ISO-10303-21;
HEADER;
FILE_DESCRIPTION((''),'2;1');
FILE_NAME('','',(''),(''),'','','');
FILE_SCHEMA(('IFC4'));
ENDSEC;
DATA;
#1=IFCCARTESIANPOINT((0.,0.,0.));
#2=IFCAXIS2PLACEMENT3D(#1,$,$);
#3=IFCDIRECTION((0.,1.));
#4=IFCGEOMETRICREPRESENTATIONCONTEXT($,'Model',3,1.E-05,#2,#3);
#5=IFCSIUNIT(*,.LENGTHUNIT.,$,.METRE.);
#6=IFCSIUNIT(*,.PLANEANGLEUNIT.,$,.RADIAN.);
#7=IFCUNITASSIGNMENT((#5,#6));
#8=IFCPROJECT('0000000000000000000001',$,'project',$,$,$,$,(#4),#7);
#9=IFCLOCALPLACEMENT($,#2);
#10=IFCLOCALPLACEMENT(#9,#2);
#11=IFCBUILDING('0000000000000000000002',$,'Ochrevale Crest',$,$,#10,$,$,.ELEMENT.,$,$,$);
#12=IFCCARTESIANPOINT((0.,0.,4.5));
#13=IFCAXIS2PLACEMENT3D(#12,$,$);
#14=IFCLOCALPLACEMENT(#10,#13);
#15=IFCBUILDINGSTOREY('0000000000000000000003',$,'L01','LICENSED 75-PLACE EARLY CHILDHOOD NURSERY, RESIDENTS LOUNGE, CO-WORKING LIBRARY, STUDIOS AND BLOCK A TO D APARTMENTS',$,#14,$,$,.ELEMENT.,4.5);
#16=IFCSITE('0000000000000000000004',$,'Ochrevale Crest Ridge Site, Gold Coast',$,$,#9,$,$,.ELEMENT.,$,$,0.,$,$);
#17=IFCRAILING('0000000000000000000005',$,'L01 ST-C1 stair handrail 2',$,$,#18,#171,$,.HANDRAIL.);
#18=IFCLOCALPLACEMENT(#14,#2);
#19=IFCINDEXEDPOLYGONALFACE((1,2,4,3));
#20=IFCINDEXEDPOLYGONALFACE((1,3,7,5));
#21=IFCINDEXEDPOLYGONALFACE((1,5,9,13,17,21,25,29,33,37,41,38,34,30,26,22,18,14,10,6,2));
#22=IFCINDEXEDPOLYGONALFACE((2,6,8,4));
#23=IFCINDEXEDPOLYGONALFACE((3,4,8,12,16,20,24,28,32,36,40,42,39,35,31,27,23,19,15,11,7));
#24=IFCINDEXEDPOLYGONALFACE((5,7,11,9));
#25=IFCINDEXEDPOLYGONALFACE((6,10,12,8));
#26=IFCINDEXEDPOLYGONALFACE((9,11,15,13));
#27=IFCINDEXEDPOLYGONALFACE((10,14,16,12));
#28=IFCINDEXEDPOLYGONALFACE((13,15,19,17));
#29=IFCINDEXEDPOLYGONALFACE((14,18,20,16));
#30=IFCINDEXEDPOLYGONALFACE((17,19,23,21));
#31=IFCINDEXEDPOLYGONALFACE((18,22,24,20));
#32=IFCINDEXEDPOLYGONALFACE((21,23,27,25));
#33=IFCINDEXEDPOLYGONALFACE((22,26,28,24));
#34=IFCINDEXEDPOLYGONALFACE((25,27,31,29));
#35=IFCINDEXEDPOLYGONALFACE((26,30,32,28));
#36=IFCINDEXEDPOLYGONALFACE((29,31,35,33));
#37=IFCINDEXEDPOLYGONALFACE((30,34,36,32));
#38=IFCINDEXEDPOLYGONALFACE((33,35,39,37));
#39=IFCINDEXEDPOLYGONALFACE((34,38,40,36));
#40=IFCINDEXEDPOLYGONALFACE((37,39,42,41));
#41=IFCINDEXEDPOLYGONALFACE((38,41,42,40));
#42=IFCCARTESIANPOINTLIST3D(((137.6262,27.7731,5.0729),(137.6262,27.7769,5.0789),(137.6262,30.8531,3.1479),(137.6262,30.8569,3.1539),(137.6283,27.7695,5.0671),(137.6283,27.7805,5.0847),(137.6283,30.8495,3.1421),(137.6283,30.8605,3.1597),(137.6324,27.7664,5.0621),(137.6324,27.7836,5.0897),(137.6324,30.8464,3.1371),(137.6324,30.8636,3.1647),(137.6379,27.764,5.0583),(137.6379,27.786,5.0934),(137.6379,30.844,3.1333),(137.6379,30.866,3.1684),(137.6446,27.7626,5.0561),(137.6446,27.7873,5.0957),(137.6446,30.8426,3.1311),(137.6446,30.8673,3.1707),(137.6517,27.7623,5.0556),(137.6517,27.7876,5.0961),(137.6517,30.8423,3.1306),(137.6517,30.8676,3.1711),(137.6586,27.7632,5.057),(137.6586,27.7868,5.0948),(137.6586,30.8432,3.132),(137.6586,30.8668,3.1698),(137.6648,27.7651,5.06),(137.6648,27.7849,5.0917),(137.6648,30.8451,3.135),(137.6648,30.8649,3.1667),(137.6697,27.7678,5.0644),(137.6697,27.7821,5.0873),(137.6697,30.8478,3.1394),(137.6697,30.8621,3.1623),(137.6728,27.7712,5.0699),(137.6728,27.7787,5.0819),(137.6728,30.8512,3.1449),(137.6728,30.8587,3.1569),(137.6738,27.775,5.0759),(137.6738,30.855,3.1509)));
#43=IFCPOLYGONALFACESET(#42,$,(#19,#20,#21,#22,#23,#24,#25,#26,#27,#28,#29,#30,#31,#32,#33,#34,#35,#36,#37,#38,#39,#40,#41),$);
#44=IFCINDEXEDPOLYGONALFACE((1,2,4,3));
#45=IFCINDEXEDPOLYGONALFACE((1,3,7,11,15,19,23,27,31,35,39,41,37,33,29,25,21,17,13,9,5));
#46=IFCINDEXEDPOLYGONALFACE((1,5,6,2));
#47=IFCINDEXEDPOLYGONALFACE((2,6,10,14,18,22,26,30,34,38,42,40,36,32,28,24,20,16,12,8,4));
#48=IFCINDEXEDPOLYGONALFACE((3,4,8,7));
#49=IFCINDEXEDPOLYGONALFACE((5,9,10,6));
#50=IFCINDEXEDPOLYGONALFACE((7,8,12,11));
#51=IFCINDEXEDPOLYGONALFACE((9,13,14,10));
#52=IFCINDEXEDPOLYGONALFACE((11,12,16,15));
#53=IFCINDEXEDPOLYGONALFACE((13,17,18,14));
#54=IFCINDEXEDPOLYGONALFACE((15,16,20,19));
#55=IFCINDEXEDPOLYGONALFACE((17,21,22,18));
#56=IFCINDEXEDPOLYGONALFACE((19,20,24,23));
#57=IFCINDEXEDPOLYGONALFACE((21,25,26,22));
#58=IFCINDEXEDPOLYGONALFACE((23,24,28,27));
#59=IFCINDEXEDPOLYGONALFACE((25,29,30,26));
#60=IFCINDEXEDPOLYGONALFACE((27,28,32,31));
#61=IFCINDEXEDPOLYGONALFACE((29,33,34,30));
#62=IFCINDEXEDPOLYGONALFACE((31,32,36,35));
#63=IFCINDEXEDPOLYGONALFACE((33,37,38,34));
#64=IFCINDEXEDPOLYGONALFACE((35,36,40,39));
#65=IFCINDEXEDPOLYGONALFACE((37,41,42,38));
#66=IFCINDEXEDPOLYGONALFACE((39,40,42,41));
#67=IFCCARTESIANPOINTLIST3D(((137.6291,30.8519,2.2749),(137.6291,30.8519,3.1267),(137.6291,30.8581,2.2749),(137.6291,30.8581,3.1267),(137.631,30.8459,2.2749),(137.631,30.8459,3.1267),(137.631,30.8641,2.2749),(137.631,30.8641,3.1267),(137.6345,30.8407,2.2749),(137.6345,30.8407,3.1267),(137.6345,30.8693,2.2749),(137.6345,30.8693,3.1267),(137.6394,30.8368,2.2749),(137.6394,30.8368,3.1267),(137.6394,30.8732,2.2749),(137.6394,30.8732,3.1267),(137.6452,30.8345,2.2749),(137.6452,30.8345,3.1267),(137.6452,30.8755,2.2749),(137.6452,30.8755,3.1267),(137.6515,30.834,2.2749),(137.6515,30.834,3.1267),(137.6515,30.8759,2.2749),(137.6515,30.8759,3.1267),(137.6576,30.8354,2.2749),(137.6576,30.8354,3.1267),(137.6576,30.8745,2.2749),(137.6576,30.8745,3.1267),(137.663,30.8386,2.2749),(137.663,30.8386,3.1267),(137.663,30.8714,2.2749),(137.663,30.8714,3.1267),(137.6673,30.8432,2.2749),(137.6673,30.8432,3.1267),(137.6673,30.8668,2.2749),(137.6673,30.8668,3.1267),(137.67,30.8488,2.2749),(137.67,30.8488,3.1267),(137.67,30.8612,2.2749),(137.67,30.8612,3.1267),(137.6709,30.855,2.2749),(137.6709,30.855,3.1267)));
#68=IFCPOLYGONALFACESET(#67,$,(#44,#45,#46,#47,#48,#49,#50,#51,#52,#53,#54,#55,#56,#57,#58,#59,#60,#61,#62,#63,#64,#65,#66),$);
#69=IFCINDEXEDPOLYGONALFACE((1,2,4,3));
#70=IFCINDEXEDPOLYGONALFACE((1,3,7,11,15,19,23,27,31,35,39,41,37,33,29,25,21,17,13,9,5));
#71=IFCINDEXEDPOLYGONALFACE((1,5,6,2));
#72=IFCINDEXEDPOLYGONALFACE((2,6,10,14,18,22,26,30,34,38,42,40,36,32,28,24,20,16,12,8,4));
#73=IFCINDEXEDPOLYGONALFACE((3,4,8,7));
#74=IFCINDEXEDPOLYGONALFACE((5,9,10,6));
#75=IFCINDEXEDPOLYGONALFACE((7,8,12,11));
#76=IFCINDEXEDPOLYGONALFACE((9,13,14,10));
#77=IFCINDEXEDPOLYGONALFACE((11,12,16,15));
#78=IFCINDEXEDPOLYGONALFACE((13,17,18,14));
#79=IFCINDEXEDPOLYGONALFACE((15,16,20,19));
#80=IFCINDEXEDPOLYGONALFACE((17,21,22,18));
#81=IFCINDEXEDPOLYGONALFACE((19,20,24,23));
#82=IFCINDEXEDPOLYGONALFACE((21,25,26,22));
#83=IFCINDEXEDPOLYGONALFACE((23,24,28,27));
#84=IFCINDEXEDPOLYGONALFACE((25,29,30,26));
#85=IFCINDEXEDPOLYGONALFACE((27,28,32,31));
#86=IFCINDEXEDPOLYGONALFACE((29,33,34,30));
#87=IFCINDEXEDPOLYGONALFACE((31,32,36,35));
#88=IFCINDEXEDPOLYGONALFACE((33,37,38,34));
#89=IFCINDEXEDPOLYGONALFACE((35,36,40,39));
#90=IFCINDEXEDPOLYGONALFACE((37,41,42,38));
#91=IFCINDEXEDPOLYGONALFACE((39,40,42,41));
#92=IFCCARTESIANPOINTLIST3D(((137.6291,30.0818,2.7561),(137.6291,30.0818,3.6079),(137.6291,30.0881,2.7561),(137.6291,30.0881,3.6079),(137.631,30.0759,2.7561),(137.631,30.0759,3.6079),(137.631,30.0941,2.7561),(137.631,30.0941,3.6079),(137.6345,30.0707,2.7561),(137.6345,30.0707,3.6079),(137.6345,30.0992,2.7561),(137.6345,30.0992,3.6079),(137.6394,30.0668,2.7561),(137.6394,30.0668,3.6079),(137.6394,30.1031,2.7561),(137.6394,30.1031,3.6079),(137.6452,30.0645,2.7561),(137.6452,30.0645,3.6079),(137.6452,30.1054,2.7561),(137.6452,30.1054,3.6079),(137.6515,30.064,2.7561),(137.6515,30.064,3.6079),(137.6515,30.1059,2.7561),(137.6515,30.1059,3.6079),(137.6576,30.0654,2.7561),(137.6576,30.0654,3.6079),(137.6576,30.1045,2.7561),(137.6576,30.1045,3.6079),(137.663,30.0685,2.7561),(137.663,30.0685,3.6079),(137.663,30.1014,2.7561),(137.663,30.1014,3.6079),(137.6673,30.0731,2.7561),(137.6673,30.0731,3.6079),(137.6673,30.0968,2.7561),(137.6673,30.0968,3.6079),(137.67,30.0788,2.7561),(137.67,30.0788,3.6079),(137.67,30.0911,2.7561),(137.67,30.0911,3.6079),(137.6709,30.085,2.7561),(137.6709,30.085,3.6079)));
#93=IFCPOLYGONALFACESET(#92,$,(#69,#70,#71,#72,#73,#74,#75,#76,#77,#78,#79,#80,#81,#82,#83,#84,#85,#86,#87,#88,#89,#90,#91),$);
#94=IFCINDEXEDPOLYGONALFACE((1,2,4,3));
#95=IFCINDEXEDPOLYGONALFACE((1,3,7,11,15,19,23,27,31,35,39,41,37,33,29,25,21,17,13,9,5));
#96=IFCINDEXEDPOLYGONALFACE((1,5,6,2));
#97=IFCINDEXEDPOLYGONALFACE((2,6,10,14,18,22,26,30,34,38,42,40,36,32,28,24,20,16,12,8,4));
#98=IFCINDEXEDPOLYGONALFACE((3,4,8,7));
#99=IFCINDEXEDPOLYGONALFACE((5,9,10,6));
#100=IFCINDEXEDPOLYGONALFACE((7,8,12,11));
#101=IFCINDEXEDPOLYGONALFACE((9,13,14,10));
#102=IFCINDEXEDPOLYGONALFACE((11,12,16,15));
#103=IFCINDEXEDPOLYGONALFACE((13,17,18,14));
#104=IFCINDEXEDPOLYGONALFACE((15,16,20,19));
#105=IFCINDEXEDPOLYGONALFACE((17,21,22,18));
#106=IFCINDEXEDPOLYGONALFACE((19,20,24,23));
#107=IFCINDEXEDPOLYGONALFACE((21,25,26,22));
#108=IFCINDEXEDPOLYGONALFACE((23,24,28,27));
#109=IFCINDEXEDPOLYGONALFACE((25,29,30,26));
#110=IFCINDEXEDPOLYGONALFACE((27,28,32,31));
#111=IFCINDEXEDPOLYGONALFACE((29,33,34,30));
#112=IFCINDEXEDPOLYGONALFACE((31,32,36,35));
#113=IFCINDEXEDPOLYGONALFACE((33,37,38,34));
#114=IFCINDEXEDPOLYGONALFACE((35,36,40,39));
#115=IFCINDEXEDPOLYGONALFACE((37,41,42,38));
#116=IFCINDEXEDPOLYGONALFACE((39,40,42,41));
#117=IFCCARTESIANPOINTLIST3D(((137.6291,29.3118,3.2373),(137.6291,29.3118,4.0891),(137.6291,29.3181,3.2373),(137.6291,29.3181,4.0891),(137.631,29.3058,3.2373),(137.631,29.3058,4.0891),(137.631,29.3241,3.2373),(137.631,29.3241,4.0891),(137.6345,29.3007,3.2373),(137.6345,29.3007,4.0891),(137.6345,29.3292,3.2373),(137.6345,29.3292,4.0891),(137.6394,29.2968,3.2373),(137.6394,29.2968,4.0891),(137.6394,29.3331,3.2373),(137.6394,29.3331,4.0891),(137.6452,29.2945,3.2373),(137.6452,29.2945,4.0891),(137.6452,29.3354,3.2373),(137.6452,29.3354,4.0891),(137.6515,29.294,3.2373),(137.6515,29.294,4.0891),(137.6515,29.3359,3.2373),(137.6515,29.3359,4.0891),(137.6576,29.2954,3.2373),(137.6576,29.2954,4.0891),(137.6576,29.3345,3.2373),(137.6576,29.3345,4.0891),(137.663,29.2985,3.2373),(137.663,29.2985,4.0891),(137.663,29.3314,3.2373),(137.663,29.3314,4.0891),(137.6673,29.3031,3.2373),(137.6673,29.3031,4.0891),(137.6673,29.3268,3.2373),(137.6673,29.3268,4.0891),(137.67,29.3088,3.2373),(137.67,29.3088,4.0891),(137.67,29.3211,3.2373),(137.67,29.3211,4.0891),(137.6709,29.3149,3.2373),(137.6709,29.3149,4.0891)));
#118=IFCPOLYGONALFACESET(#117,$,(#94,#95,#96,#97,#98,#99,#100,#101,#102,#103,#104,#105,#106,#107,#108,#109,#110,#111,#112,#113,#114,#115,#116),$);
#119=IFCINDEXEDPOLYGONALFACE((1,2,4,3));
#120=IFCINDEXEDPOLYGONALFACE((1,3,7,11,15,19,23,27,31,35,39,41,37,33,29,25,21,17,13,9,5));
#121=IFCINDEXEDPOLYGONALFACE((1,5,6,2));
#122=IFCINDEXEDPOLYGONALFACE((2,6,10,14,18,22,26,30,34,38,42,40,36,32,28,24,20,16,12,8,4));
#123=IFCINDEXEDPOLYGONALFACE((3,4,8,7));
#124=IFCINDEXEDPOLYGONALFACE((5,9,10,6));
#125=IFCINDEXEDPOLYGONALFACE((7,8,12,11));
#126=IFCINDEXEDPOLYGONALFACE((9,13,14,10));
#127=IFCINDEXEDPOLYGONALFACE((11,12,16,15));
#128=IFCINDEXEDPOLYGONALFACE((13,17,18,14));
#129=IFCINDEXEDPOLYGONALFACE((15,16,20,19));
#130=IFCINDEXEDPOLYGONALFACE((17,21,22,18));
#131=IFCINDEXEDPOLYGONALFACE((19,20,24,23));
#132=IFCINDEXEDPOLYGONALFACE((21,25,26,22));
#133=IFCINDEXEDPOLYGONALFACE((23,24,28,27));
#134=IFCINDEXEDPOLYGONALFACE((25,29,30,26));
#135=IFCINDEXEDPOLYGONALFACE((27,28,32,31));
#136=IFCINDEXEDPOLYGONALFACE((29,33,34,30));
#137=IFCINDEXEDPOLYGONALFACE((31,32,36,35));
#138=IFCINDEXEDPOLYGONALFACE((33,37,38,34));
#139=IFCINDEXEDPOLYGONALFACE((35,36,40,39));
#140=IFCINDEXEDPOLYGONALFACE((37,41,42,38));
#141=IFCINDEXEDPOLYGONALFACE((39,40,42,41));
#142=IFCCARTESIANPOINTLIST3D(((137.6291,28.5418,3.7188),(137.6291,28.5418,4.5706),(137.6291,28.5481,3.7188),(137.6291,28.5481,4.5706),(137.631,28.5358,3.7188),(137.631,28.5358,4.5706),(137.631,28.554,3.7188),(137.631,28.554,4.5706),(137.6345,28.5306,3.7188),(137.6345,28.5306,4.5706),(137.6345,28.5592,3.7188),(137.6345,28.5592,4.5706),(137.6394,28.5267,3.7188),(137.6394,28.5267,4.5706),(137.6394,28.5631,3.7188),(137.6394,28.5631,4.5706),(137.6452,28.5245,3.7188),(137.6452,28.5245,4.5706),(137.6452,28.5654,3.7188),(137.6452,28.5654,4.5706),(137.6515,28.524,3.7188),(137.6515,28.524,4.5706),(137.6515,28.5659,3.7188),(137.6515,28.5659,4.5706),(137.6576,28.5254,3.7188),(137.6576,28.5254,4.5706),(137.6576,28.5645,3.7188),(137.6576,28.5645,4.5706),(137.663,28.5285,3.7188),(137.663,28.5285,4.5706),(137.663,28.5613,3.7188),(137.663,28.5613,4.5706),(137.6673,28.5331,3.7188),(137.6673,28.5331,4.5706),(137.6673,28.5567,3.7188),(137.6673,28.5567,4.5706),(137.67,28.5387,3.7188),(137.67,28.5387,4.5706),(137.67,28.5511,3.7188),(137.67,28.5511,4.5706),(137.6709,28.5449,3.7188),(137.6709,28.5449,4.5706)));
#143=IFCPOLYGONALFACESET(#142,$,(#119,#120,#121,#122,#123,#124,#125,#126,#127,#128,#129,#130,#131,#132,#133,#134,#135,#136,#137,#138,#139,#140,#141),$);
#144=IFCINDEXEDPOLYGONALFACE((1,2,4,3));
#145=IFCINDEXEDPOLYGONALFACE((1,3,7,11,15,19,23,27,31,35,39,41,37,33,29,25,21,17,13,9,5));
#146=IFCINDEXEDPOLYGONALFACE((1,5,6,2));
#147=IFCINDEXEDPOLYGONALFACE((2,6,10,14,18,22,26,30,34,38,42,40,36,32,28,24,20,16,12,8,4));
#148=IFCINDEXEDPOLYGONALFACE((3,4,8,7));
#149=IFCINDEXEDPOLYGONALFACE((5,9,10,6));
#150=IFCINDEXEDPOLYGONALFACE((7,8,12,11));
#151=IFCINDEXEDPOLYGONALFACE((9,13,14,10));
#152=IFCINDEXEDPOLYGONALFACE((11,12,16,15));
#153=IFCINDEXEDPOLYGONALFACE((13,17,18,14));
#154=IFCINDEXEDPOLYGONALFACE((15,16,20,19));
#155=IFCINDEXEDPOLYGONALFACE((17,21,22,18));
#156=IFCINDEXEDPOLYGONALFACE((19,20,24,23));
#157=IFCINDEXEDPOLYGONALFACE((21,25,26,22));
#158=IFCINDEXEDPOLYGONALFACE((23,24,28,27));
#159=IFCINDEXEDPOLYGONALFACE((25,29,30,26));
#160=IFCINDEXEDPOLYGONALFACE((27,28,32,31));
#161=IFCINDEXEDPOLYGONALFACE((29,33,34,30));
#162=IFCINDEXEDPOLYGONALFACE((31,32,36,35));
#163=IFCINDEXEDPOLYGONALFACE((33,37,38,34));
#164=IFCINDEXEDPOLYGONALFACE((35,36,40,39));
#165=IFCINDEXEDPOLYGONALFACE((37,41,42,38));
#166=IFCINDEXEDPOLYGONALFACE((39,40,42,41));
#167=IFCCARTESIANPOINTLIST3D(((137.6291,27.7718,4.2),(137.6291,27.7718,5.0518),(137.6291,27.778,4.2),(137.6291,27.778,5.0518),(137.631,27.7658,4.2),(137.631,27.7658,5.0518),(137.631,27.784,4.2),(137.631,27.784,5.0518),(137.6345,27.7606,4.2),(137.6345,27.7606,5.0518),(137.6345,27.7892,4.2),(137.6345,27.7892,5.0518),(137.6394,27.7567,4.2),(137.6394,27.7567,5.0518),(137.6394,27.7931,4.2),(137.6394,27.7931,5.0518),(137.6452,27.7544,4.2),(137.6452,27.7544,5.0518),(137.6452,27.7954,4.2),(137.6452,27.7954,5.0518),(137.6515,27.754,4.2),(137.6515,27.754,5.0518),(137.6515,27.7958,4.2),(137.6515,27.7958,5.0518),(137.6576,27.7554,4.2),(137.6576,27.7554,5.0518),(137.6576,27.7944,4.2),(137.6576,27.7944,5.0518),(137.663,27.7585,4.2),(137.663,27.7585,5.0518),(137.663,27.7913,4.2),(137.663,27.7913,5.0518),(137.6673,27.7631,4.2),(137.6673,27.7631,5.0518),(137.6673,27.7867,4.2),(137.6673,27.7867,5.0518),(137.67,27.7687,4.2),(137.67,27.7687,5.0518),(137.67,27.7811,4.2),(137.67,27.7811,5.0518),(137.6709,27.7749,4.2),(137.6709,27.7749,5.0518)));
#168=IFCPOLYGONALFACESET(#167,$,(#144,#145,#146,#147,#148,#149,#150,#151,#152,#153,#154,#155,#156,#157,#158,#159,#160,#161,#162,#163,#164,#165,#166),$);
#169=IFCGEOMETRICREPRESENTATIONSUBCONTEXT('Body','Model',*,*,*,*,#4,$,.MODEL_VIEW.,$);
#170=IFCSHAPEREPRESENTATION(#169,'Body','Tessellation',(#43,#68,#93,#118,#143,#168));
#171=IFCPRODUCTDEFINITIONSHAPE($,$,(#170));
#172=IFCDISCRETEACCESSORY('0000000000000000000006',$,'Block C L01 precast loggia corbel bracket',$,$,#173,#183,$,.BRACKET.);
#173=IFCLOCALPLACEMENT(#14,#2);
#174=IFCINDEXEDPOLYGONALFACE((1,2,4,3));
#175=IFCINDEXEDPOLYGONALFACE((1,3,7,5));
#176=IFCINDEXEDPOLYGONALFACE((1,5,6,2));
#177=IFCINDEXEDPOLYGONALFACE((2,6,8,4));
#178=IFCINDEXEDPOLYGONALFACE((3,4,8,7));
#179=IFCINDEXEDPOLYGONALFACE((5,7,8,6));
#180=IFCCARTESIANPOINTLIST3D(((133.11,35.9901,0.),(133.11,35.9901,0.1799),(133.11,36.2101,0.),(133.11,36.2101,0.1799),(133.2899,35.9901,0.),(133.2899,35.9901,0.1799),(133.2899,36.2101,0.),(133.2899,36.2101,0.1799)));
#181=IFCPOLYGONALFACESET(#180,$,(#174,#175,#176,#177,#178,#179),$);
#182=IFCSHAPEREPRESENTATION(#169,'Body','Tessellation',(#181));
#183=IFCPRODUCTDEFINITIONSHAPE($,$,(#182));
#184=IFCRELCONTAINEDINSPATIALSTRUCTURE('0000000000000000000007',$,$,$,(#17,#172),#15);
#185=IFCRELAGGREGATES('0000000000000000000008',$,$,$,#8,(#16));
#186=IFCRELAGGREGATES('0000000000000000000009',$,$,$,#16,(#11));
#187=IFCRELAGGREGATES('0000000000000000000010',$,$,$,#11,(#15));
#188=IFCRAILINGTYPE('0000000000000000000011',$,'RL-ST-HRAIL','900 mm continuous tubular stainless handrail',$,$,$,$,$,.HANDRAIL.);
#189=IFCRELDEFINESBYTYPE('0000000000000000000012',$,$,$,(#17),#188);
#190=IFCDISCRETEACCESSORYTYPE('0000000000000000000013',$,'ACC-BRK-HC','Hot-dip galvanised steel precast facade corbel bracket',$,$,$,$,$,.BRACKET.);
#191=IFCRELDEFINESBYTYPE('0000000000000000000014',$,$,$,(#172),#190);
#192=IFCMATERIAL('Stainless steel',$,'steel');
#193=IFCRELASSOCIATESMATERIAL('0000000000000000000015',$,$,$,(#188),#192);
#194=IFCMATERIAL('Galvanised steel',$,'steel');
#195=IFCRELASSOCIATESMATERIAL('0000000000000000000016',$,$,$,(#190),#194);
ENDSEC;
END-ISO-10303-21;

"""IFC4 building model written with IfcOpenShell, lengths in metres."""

from ifc_helpers import new_model, si_unit, direction, frame, origin, origin_2d, place, context, subcontext, project, spatial, rectangle, circle, extrude, material, type_object, element, save


model = new_model("IFC4")

# Units and contexts
model_context = context("Model", 3, precision=1e-05, world=origin(), true_north=direction((0.0, 1.0)))
body_context = subcontext(model_context, "Body", "Model", "MODEL_VIEW")
ifc_project = project(units=[si_unit("LENGTHUNIT", "METRE"), si_unit("PLANEANGLEUNIT", "RADIAN")], contexts=[model_context])

# Site, building, storey
site_placement = place(None, origin())
site = spatial("IfcSite", under=ifc_project, at=site_placement, Name="Ochrevale Crest Ridge Site, Gold Coast", CompositionType="ELEMENT", RefElevation=0.0)
building_placement = place(site_placement, origin())
building = spatial("IfcBuilding", under=site, at=building_placement, Name="Ochrevale Crest", CompositionType="ELEMENT")
storey_placement = place(building_placement, frame((0.0, 0.0, 4.5)))
storey = spatial("IfcBuildingStorey", under=building, at=storey_placement, Name="L01", Description="LICENSED 75-PLACE EARLY CHILDHOOD NURSERY, RESIDENTS LOUNGE, CO-WORKING LIBRARY, STUDIOS AND BLOCK A TO D APARTMENTS", CompositionType="ELEMENT", Elevation=4.5)

# Railing
ifc_material_1 = material(Name="Galvanised steel", Category="steel")
ifc_material_2 = material(Name="Stainless steel", Category="steel")
railing_type_1 = type_object("IfcRailingType", Name="RL-ST-HRAIL", Description="900 mm continuous tubular stainless handrail", PredefinedType="HANDRAIL", material=ifc_material_2)
railing_1_placement = place(storey_placement, frame((137.6499, 30.855, 2.2749)))
element("IfcRailing", 1, at=railing_1_placement, inside=storey, type_object=railing_type_1, Name="L01 ST-C1 stair handrail 2", PredefinedType="HANDRAIL", context=body_context, shape_type="SweptSolid", body=[
    extrude(circle(Radius=0.0239, at=origin_2d()), frame((0.0, 0.0, 0.876), z_axis=(0.0, -0.847998, 0.529999), x_axis=(1.0, 0.0, 0.0)), (0.0, 0.0, 1.0), 3.6321),
    extrude(circle(Radius=0.021, at=origin_2d()), origin(), (0.0, 0.0, 1.0), 0.8518),
    extrude(circle(Radius=0.021, at=origin_2d()), frame((0.0, -0.77, 0.4812)), (0.0, 0.0, 1.0), 0.8518),
    extrude(circle(Radius=0.021, at=origin_2d()), frame((0.0, -1.54, 0.9624)), (0.0, 0.0, 1.0), 0.8518),
    extrude(circle(Radius=0.021, at=origin_2d()), frame((0.0, -2.3101, 1.4438)), (0.0, 0.0, 1.0), 0.8518),
    extrude(circle(Radius=0.021, at=origin_2d()), frame((0.0, -3.0801, 1.925)), (0.0, 0.0, 1.0), 0.8518),
])

# Discrete accessory
discrete_accessory_type = type_object("IfcDiscreteAccessoryType", Name="ACC-BRK-HC", Description="Hot-dip galvanised steel precast facade corbel bracket", PredefinedType="BRACKET", material=ifc_material_1)
discrete_accessory_placement = place(storey_placement, frame((133.2, 36.1001, 0.0), z_axis=(0.0, 0.0, 1.0), x_axis=(1.0, 0.0, 0.0)))
element("IfcDiscreteAccessory", 2, at=discrete_accessory_placement, inside=storey, type_object=discrete_accessory_type, Name="Block C L01 precast loggia corbel bracket", PredefinedType="BRACKET", context=body_context, shape_type="SweptSolid", body=[
    extrude(rectangle(XDim=0.1799, YDim=0.22, at=origin_2d()), origin(), (0.0, 0.0, 1.0), 0.1799),
])

save(model, "model.ifc")
